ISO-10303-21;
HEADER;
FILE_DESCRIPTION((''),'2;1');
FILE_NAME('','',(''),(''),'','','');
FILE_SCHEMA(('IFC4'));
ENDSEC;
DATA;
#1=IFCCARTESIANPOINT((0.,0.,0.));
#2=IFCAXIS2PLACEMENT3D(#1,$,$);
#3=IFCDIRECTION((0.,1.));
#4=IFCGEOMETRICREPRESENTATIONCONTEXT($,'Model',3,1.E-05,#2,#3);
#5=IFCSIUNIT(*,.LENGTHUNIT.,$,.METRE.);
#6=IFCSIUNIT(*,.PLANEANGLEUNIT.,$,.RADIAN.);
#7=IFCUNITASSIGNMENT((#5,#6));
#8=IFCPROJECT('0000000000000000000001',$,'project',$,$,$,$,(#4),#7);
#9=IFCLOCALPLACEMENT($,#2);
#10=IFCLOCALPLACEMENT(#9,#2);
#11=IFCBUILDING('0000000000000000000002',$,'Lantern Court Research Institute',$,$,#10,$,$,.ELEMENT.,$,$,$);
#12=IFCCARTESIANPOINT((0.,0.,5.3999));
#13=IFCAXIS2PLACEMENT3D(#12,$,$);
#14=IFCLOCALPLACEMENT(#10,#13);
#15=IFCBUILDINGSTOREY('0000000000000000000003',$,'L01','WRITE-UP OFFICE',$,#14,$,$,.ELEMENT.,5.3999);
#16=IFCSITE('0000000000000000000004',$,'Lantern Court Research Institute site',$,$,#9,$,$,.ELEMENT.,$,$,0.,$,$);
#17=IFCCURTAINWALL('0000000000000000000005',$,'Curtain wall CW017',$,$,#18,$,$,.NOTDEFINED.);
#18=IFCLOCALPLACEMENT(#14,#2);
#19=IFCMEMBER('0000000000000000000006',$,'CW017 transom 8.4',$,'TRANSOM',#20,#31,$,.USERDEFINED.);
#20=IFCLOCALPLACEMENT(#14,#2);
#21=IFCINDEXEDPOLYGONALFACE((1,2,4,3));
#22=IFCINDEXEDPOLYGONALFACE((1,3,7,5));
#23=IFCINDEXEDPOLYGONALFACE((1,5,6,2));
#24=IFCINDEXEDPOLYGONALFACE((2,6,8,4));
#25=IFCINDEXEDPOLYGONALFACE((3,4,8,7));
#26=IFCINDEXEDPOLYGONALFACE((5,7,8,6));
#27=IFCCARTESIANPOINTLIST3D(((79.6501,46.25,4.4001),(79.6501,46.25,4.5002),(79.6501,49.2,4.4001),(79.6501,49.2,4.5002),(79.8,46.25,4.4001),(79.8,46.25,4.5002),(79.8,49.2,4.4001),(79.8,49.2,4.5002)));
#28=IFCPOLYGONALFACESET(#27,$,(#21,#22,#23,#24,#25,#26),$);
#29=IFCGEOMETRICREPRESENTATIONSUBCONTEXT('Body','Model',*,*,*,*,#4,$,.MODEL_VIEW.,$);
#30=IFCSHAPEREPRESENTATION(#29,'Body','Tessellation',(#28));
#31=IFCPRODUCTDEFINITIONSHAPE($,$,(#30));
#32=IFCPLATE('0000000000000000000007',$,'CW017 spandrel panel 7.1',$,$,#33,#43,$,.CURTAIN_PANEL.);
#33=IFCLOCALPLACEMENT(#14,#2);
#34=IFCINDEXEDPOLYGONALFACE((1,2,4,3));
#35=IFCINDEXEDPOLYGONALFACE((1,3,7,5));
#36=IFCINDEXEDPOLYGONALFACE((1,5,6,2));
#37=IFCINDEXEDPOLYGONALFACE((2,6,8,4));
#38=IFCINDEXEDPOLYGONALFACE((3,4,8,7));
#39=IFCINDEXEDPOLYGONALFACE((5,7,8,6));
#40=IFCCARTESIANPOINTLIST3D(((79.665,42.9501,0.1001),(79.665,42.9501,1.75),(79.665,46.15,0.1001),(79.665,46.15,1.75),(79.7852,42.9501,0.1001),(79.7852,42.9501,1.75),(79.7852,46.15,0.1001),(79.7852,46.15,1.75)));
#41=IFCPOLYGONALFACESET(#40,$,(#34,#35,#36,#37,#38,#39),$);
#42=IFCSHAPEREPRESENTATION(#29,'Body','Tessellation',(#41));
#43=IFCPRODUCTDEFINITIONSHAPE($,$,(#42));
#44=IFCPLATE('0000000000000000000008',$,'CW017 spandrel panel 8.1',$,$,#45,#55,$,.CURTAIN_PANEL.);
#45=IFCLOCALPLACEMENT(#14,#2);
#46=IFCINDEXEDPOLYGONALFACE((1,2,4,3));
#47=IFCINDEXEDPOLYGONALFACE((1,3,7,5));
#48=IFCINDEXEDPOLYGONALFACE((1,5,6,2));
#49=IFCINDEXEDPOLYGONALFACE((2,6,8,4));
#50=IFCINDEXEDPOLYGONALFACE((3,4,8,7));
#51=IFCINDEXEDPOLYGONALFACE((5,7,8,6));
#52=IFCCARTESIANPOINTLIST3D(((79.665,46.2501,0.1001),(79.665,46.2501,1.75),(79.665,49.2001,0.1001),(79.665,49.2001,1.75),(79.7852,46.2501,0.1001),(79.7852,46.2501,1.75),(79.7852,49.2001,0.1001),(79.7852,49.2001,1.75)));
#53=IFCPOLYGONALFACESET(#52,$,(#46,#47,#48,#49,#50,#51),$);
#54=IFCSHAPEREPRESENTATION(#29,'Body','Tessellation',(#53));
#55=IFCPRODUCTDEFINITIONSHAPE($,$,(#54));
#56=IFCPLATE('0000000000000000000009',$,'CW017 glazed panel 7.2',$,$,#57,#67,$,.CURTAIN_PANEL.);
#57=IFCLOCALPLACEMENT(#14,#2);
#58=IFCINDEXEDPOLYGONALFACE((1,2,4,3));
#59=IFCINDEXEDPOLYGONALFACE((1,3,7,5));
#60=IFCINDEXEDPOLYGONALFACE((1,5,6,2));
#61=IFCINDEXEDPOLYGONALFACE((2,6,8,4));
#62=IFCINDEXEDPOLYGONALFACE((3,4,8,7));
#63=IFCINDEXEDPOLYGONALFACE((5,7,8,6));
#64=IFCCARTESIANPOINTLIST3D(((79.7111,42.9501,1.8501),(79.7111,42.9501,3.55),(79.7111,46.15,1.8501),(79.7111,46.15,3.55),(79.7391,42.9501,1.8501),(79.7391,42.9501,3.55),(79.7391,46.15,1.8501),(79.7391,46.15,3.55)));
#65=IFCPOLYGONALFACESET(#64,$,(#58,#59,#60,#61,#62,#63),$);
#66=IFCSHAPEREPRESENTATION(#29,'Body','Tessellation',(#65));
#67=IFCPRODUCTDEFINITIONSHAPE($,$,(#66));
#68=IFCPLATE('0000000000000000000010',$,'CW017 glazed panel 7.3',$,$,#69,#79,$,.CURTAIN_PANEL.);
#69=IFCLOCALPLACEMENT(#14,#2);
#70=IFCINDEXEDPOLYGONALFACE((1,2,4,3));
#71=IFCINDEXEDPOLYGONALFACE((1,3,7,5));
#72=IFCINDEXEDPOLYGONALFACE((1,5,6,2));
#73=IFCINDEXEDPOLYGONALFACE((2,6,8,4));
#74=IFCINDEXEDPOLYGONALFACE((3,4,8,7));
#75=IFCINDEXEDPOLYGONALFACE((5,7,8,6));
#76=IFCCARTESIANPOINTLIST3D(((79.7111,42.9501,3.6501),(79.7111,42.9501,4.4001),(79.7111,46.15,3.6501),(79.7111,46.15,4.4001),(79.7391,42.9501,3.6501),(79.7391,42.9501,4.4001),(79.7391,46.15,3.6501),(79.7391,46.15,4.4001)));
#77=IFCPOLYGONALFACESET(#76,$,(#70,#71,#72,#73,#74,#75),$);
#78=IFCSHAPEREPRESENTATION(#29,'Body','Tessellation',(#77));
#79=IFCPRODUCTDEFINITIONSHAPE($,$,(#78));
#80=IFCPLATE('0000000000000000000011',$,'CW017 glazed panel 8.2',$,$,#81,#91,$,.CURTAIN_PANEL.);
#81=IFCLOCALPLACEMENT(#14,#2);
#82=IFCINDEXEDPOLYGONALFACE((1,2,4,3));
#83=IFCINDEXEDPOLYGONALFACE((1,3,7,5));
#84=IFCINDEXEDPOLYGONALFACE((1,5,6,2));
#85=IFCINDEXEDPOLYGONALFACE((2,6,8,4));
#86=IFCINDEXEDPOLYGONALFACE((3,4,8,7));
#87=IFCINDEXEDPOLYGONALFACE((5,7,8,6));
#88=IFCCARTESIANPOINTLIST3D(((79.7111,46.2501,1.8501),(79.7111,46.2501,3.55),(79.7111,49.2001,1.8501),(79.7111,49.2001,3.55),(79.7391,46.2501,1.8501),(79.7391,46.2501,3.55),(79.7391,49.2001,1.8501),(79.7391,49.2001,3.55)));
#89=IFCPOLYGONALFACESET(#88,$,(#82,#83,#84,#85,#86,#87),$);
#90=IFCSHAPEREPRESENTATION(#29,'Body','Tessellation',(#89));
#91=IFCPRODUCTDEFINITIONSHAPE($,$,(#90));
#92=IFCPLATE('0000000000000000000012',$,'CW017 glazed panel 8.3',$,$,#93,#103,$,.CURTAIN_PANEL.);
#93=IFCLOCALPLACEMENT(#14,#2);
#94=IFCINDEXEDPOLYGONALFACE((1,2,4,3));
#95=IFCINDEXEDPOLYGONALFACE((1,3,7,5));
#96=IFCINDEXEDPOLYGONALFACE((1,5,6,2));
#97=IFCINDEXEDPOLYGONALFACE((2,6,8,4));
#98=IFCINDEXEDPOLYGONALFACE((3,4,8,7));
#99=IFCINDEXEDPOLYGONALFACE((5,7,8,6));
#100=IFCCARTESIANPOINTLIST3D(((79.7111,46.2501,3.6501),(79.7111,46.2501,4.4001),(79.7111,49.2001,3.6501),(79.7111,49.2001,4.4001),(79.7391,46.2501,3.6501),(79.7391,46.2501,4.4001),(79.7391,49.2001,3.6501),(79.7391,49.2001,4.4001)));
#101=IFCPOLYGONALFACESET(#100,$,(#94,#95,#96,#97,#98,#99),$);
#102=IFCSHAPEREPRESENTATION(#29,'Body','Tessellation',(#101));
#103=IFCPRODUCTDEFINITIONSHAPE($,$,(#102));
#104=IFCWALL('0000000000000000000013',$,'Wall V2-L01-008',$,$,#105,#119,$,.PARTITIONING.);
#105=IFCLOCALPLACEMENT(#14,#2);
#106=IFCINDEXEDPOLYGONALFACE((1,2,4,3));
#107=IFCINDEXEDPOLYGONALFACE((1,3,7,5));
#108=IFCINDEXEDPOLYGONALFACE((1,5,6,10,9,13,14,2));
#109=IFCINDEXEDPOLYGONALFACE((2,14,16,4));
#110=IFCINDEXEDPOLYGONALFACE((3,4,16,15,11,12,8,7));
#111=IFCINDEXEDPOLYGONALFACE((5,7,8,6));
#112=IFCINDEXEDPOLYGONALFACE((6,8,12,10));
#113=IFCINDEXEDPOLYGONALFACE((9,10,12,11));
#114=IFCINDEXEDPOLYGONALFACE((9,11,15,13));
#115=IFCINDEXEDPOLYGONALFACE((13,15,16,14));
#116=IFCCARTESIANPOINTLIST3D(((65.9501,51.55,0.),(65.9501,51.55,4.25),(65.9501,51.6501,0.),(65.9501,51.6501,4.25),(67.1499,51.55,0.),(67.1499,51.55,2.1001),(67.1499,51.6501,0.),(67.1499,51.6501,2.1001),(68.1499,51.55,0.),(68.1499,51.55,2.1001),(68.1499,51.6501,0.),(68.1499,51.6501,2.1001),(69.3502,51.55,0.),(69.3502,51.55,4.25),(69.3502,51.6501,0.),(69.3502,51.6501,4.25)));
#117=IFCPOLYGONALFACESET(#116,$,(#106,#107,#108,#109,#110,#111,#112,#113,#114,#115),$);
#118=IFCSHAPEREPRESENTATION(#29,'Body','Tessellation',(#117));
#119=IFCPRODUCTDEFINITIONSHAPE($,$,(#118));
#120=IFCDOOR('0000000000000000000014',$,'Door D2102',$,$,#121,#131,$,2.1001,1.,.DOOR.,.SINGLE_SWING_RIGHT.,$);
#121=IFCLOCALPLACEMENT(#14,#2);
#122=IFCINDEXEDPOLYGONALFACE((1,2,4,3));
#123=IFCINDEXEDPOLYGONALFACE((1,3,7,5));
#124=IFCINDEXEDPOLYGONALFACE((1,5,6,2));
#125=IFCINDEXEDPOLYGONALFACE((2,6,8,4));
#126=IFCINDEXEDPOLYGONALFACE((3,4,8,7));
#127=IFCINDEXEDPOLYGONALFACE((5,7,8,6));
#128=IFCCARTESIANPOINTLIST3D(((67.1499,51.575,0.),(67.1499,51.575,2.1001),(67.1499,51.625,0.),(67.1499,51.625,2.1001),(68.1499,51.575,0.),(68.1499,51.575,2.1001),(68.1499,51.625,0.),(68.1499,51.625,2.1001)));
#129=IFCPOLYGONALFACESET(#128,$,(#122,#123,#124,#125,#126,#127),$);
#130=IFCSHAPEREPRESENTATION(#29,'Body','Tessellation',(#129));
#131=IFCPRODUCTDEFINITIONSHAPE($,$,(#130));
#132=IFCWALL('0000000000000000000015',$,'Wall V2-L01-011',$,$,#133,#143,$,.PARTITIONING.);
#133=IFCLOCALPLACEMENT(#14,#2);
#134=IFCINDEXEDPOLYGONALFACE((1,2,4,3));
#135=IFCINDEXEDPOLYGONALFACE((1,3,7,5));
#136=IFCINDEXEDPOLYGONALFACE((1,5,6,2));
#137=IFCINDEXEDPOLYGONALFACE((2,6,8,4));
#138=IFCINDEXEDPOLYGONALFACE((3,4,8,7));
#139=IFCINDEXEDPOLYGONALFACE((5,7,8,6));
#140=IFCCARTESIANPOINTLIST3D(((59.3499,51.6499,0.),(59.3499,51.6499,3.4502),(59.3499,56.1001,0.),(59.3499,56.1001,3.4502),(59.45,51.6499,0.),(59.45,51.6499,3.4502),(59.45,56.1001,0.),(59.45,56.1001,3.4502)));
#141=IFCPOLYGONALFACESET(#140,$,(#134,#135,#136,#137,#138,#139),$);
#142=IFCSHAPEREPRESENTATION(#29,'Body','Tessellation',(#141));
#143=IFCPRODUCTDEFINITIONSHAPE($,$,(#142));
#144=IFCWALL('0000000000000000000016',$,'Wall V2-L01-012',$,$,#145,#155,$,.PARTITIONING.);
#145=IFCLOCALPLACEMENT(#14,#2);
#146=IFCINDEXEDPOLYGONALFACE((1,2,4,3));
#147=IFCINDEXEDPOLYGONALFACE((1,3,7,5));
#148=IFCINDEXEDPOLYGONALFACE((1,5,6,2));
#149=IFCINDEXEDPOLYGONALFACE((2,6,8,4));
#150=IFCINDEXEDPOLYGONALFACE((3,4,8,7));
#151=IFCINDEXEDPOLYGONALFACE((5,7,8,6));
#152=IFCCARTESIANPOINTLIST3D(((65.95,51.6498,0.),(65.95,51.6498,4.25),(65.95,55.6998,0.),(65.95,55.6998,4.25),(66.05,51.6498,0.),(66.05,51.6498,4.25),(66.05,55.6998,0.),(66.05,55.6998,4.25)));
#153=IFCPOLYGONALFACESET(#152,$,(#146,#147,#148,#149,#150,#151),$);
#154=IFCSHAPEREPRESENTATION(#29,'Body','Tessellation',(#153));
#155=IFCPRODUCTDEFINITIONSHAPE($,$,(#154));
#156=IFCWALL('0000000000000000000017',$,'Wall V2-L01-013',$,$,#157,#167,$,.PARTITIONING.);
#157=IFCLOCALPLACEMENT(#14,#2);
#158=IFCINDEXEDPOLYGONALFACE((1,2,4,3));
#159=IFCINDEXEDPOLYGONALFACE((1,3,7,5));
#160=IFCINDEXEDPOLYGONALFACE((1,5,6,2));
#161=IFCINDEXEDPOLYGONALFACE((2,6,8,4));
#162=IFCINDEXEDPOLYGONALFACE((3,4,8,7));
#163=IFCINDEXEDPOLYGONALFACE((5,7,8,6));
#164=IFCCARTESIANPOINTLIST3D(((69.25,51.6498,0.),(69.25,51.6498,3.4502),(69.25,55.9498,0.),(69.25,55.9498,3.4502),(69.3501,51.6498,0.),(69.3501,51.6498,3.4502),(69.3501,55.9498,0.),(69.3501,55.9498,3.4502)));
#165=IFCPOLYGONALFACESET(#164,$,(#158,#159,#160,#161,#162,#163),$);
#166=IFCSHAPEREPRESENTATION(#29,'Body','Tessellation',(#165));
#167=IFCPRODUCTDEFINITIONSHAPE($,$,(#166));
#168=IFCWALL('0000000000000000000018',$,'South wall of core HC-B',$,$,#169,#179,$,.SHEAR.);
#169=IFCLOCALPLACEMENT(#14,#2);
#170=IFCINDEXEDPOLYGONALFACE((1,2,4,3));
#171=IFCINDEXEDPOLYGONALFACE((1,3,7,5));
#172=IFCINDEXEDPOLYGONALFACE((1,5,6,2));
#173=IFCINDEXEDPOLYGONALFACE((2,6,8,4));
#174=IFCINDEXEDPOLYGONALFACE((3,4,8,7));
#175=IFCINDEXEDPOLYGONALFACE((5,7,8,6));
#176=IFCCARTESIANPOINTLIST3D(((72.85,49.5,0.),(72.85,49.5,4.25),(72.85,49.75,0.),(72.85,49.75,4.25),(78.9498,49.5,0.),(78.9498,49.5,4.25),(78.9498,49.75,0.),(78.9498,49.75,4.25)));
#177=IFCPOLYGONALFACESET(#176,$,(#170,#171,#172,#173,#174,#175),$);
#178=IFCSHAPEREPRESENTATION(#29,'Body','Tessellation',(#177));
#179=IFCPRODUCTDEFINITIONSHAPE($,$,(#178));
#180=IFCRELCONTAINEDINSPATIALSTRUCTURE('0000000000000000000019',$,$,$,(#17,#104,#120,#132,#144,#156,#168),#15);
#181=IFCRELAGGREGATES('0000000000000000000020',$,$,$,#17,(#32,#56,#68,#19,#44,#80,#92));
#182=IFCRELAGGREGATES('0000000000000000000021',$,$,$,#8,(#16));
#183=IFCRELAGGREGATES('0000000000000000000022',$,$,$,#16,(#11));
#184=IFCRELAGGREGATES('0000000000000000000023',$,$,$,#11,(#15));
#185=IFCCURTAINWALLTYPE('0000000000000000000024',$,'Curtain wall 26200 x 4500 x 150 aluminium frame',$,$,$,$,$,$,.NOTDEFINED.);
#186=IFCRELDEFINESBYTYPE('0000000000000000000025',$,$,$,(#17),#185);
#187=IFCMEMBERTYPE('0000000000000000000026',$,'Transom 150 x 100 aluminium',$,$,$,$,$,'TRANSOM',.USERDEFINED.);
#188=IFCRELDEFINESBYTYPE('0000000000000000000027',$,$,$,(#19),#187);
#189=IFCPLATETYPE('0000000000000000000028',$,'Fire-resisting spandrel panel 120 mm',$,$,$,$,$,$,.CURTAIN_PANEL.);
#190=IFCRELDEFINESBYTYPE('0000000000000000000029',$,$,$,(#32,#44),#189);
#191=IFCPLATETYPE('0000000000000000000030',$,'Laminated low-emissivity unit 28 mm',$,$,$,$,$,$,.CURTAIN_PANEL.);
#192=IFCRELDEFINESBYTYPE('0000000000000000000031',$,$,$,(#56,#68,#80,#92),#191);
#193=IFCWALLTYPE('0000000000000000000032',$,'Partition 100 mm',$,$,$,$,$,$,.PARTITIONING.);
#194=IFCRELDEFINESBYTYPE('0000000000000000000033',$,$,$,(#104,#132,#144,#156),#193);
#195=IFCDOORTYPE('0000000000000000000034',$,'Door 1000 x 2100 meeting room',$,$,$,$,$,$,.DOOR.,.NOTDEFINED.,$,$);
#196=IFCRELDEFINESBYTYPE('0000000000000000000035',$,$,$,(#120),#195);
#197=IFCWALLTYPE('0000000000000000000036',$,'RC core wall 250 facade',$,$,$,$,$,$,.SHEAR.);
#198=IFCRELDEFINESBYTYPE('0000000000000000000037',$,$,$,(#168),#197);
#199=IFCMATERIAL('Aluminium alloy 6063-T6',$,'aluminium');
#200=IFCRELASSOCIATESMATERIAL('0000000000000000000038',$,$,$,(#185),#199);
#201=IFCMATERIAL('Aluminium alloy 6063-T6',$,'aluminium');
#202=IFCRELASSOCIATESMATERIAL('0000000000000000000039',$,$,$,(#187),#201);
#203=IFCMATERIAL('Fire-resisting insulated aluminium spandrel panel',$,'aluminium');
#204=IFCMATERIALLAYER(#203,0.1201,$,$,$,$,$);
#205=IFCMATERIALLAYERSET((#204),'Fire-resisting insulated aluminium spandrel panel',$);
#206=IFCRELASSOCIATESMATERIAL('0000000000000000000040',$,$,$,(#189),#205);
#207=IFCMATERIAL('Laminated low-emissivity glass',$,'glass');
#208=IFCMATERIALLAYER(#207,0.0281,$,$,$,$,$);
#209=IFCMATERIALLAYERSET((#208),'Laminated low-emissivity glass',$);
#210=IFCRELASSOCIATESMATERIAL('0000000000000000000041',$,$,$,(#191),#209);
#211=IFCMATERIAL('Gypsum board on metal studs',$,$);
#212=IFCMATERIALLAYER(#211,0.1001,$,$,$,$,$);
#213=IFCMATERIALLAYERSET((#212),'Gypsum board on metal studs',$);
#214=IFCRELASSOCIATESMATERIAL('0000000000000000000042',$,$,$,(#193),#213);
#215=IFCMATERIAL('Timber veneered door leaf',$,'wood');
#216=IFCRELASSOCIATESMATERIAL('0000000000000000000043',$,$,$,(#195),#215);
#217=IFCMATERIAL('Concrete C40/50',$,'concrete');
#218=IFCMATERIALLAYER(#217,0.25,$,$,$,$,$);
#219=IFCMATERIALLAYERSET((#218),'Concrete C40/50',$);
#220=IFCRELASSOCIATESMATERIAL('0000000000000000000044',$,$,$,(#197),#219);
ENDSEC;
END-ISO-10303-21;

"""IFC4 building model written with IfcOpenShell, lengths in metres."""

from ifc_helpers import new_model, si_unit, direction, frame, frame_2d, origin, origin_2d, place, context, subcontext, project, spatial, rectangle, extrude, material, layer, layer_set, material_profile, profile_set, type_object, element, fill, aggregate, save


model = new_model("IFC4")

# Units and contexts
model_context = context("Model", 3, precision=1e-05, world=origin(), true_north=direction((0.0, 1.0)))
body_context = subcontext(model_context, "Body", "Model", "MODEL_VIEW")
ifc_project = project(units=[si_unit("LENGTHUNIT", "METRE"), si_unit("PLANEANGLEUNIT", "RADIAN")], contexts=[model_context])

# Site, building, storey
site_placement = place(None, origin())
site = spatial("IfcSite", under=ifc_project, at=site_placement, Name="Lantern Court Research Institute site", CompositionType="ELEMENT", RefElevation=0.0)
building_placement = place(site_placement, origin())
building = spatial("IfcBuilding", under=site, at=building_placement, Name="Lantern Court Research Institute", CompositionType="ELEMENT")
storey_placement = place(building_placement, frame((0.0, 0.0, 5.3999)))
storey = spatial("IfcBuildingStorey", under=building, at=storey_placement, Name="L01", Description="WRITE-UP OFFICE", CompositionType="ELEMENT", Elevation=5.3999)

# Curtain wall, member, plates
ifc_material_1 = material(Name="Aluminium alloy 6063-T6", Category="aluminium")
curtain_wall_type = type_object("IfcCurtainWallType", Name="Curtain wall 26200 x 4500 x 150 aluminium frame", PredefinedType="NOTDEFINED", material=ifc_material_1)
curtain_wall_placement = place(storey_placement, origin())
curtain_wall = element("IfcCurtainWall", 1, at=curtain_wall_placement, inside=storey, type_object=curtain_wall_type, Name="Curtain wall CW017", PredefinedType="NOTDEFINED")
ifc_material_2 = material(Name="Aluminium alloy 6063-T6", Category="aluminium")
ifc_material_profile_1 = material_profile(ifc_material_2, rectangle(XDim=0.1499, YDim=0.1001, at=origin_2d()), Name="Transom 150 x 100")
ifc_profile_set_1 = profile_set([ifc_material_profile_1], Name="Aluminium alloy 6063-T6")
member_type_1 = type_object("IfcMemberType", Name="Transom 150 x 100 aluminium", ElementType="TRANSOM", PredefinedType="USERDEFINED", material=ifc_profile_set_1)
member_1_placement = place(storey_placement, frame((79.7251, 49.2, 4.4502), z_axis=(0.0, -1.0, 0.0), x_axis=(1.0, 0.0, 0.0)))
member_1 = element("IfcMember", 2, at=member_1_placement, type_object=member_type_1, Name="CW017 transom 8.4", ObjectType="TRANSOM", PredefinedType="USERDEFINED", context=body_context, shape_type="SweptSolid", body=[
    extrude(rectangle(XDim=0.1499, YDim=0.1001, at=origin_2d()), origin(), (0.0, 0.0, 1.0), 2.95),
])
ifc_material_3 = material(Name="Fire-resisting insulated aluminium spandrel panel", Category="aluminium")
ifc_layer_1 = layer(ifc_material_3, 0.1201)
ifc_layer_set_1 = layer_set([ifc_layer_1], Name="Fire-resisting insulated aluminium spandrel panel")
plate_type_1 = type_object("IfcPlateType", Name="Fire-resisting spandrel panel 120 mm", PredefinedType="CURTAIN_PANEL", material=ifc_layer_set_1)
plate_1_placement = place(storey_placement, frame((79.7251, 44.55, 0.1001), z_axis=(0.0, 0.0, 1.0), x_axis=(0.0, -1.0, 0.0)))
plate_1 = element("IfcPlate", 3, at=plate_1_placement, type_object=plate_type_1, Name="CW017 spandrel panel 7.1", PredefinedType="CURTAIN_PANEL", context=body_context, shape_type="SweptSolid", body=[
    extrude(rectangle(XDim=3.2, YDim=0.1201, at=origin_2d()), origin(), (0.0, 0.0, 1.0), 1.6499),
])
plate_2_placement = place(storey_placement, frame((79.7251, 47.7251, 0.1001), z_axis=(0.0, 0.0, 1.0), x_axis=(0.0, -1.0, 0.0)))
plate_2 = element("IfcPlate", 4, at=plate_2_placement, type_object=plate_type_1, Name="CW017 spandrel panel 8.1", PredefinedType="CURTAIN_PANEL", context=body_context, shape_type="SweptSolid", body=[
    extrude(rectangle(XDim=2.95, YDim=0.1201, at=origin_2d()), origin(), (0.0, 0.0, 1.0), 1.6499),
])
ifc_material_4 = material(Name="Laminated low-emissivity glass", Category="glass")
ifc_layer_2 = layer(ifc_material_4, 0.0281)
ifc_layer_set_2 = layer_set([ifc_layer_2], Name="Laminated low-emissivity glass")
plate_type_2 = type_object("IfcPlateType", Name="Laminated low-emissivity unit 28 mm", PredefinedType="CURTAIN_PANEL", material=ifc_layer_set_2)
plate_3_placement = place(storey_placement, frame((79.7251, 44.55, 1.8501), z_axis=(0.0, 0.0, 1.0), x_axis=(0.0, -1.0, 0.0)))
plate_3 = element("IfcPlate", 5, at=plate_3_placement, type_object=plate_type_2, Name="CW017 glazed panel 7.2", PredefinedType="CURTAIN_PANEL", context=body_context, shape_type="SweptSolid", body=[
    extrude(rectangle(XDim=3.2, YDim=0.0281, at=origin_2d()), origin(), (0.0, 0.0, 1.0), 1.7),
])
plate_4_placement = place(storey_placement, frame((79.7251, 44.55, 3.6501), z_axis=(0.0, 0.0, 1.0), x_axis=(0.0, -1.0, 0.0)))
plate_4 = element("IfcPlate", 6, at=plate_4_placement, type_object=plate_type_2, Name="CW017 glazed panel 7.3", PredefinedType="CURTAIN_PANEL", context=body_context, shape_type="SweptSolid", body=[
    extrude(rectangle(XDim=3.2, YDim=0.0281, at=origin_2d()), origin(), (0.0, 0.0, 1.0), 0.75),
])
plate_5_placement = place(storey_placement, frame((79.7251, 47.7251, 1.8501), z_axis=(0.0, 0.0, 1.0), x_axis=(0.0, -1.0, 0.0)))
plate_5 = element("IfcPlate", 7, at=plate_5_placement, type_object=plate_type_2, Name="CW017 glazed panel 8.2", PredefinedType="CURTAIN_PANEL", context=body_context, shape_type="SweptSolid", body=[
    extrude(rectangle(XDim=2.95, YDim=0.0281, at=origin_2d()), origin(), (0.0, 0.0, 1.0), 1.7),
])
plate_6_placement = place(storey_placement, frame((79.7251, 47.7251, 3.6501), z_axis=(0.0, 0.0, 1.0), x_axis=(0.0, -1.0, 0.0)))
plate_6 = element("IfcPlate", 8, at=plate_6_placement, type_object=plate_type_2, Name="CW017 glazed panel 8.3", PredefinedType="CURTAIN_PANEL", context=body_context, shape_type="SweptSolid", body=[
    extrude(rectangle(XDim=2.95, YDim=0.0281, at=origin_2d()), origin(), (0.0, 0.0, 1.0), 0.75),
])
aggregate(curtain_wall, [plate_1, plate_3, plate_4, member_1, plate_2, plate_5, plate_6])

# Wall, opening, door
ifc_material_5 = material(Name="Gypsum board on metal studs")
ifc_layer_3 = layer(ifc_material_5, 0.1001)
ifc_layer_set_3 = layer_set([ifc_layer_3], Name="Gypsum board on metal studs")
wall_type_1 = type_object("IfcWallType", Name="Partition 100 mm", PredefinedType="PARTITIONING", material=ifc_layer_set_3)
wall_1_placement = place(storey_placement, frame((65.95, 51.6001, 0.0), z_axis=(0.0, 0.0, 1.0), x_axis=(1.0, 0.0, 0.0)))
wall_1 = element("IfcWall", 9, at=wall_1_placement, inside=storey, type_object=wall_type_1, Name="Wall V2-L01-008", PredefinedType="PARTITIONING", context=body_context, shape_type="SweptSolid", body=[
    extrude(rectangle(XDim=3.4001, YDim=0.1001, at=frame_2d((1.7002, 0.0))), origin(), (0.0, 0.0, 1.0), 4.25),
])
opening_1_placement = place(wall_1_placement, frame((1.2, 0.0, 0.0)))
opening_1 = element("IfcOpeningElement", 10, at=opening_1_placement, cuts=wall_1, PredefinedType="OPENING", context=body_context, shape_type="SweptSolid", body=[
    extrude(rectangle(XDim=1.0, YDim=2.1001, at=frame_2d((0.5, 1.05))), frame((0.0, 0.0601, 0.0), z_axis=(0.0, -1.0, 0.0), x_axis=(1.0, 0.0, 0.0)), (0.0, 0.0, 1.0), 0.1201),
])
ifc_material_6 = material(Name="Timber veneered door leaf", Category="wood")
door_type_1 = type_object("IfcDoorType", Name="Door 1000 x 2100 meeting room", OperationType="NOTDEFINED", PredefinedType="DOOR", material=ifc_material_6)
door_1_placement = place(opening_1_placement, origin())
door_1 = element("IfcDoor", 11, at=door_1_placement, inside=storey, type_object=door_type_1, Name="Door D2102", OperationType="SINGLE_SWING_RIGHT", OverallHeight=2.1001, OverallWidth=1.0, PredefinedType="DOOR", context=body_context, shape_type="SweptSolid", body=[
    extrude(rectangle(XDim=1.0, YDim=2.1001, at=frame_2d((0.5, 1.05))), frame((0.0, 0.0249, 0.0), z_axis=(0.0, -1.0, 0.0), x_axis=(1.0, 0.0, 0.0)), (0.0, 0.0, 1.0), 0.05),
])
fill(opening_1, door_1)

# Walls
wall_2_placement = place(storey_placement, frame((59.3999, 51.6499, 0.0), z_axis=(0.0, 0.0, 1.0), x_axis=(0.0, 1.0, 0.0)))
element("IfcWall", 12, at=wall_2_placement, inside=storey, type_object=wall_type_1, Name="Wall V2-L01-011", PredefinedType="PARTITIONING", context=body_context, shape_type="SweptSolid", body=[
    extrude(rectangle(XDim=4.4502, YDim=0.1001, at=frame_2d((2.2251, 0.0))), origin(), (0.0, 0.0, 1.0), 3.4502),
])
wall_3_placement = place(storey_placement, frame((66.0, 51.6499, 0.0), z_axis=(0.0, 0.0, 1.0), x_axis=(0.0, 1.0, 0.0)))
element("IfcWall", 13, at=wall_3_placement, inside=storey, type_object=wall_type_1, Name="Wall V2-L01-012", PredefinedType="PARTITIONING", context=body_context, shape_type="SweptSolid", body=[
    extrude(rectangle(XDim=4.05, YDim=0.1001, at=frame_2d((2.0249, 0.0))), origin(), (0.0, 0.0, 1.0), 4.25),
])
wall_4_placement = place(storey_placement, frame((69.3, 51.6499, 0.0), z_axis=(0.0, 0.0, 1.0), x_axis=(0.0, 1.0, 0.0)))
element("IfcWall", 14, at=wall_4_placement, inside=storey, type_object=wall_type_1, Name="Wall V2-L01-013", PredefinedType="PARTITIONING", context=body_context, shape_type="SweptSolid", body=[
    extrude(rectangle(XDim=4.3, YDim=0.1001, at=frame_2d((2.1499, 0.0))), origin(), (0.0, 0.0, 1.0), 3.4502),
])
ifc_material_7 = material(Name="Concrete C40/50", Category="concrete")
ifc_layer_4 = layer(ifc_material_7, 0.25)
ifc_layer_set_4 = layer_set([ifc_layer_4], Name="Concrete C40/50")
wall_type_2 = type_object("IfcWallType", Name="RC core wall 250 facade", PredefinedType="SHEAR", material=ifc_layer_set_4)
wall_5_placement = place(storey_placement, frame((72.8501, 49.625, 0.0), z_axis=(0.0, 0.0, 1.0), x_axis=(1.0, 0.0, 0.0)))
element("IfcWall", 15, at=wall_5_placement, inside=storey, type_object=wall_type_2, Name="South wall of core HC-B", PredefinedType="SHEAR", context=body_context, shape_type="SweptSolid", body=[
    extrude(rectangle(XDim=6.0999, YDim=0.25, at=frame_2d((3.0498, 0.0))), origin(), (0.0, 0.0, 1.0), 4.25),
])

save(model, "model.ifc")
